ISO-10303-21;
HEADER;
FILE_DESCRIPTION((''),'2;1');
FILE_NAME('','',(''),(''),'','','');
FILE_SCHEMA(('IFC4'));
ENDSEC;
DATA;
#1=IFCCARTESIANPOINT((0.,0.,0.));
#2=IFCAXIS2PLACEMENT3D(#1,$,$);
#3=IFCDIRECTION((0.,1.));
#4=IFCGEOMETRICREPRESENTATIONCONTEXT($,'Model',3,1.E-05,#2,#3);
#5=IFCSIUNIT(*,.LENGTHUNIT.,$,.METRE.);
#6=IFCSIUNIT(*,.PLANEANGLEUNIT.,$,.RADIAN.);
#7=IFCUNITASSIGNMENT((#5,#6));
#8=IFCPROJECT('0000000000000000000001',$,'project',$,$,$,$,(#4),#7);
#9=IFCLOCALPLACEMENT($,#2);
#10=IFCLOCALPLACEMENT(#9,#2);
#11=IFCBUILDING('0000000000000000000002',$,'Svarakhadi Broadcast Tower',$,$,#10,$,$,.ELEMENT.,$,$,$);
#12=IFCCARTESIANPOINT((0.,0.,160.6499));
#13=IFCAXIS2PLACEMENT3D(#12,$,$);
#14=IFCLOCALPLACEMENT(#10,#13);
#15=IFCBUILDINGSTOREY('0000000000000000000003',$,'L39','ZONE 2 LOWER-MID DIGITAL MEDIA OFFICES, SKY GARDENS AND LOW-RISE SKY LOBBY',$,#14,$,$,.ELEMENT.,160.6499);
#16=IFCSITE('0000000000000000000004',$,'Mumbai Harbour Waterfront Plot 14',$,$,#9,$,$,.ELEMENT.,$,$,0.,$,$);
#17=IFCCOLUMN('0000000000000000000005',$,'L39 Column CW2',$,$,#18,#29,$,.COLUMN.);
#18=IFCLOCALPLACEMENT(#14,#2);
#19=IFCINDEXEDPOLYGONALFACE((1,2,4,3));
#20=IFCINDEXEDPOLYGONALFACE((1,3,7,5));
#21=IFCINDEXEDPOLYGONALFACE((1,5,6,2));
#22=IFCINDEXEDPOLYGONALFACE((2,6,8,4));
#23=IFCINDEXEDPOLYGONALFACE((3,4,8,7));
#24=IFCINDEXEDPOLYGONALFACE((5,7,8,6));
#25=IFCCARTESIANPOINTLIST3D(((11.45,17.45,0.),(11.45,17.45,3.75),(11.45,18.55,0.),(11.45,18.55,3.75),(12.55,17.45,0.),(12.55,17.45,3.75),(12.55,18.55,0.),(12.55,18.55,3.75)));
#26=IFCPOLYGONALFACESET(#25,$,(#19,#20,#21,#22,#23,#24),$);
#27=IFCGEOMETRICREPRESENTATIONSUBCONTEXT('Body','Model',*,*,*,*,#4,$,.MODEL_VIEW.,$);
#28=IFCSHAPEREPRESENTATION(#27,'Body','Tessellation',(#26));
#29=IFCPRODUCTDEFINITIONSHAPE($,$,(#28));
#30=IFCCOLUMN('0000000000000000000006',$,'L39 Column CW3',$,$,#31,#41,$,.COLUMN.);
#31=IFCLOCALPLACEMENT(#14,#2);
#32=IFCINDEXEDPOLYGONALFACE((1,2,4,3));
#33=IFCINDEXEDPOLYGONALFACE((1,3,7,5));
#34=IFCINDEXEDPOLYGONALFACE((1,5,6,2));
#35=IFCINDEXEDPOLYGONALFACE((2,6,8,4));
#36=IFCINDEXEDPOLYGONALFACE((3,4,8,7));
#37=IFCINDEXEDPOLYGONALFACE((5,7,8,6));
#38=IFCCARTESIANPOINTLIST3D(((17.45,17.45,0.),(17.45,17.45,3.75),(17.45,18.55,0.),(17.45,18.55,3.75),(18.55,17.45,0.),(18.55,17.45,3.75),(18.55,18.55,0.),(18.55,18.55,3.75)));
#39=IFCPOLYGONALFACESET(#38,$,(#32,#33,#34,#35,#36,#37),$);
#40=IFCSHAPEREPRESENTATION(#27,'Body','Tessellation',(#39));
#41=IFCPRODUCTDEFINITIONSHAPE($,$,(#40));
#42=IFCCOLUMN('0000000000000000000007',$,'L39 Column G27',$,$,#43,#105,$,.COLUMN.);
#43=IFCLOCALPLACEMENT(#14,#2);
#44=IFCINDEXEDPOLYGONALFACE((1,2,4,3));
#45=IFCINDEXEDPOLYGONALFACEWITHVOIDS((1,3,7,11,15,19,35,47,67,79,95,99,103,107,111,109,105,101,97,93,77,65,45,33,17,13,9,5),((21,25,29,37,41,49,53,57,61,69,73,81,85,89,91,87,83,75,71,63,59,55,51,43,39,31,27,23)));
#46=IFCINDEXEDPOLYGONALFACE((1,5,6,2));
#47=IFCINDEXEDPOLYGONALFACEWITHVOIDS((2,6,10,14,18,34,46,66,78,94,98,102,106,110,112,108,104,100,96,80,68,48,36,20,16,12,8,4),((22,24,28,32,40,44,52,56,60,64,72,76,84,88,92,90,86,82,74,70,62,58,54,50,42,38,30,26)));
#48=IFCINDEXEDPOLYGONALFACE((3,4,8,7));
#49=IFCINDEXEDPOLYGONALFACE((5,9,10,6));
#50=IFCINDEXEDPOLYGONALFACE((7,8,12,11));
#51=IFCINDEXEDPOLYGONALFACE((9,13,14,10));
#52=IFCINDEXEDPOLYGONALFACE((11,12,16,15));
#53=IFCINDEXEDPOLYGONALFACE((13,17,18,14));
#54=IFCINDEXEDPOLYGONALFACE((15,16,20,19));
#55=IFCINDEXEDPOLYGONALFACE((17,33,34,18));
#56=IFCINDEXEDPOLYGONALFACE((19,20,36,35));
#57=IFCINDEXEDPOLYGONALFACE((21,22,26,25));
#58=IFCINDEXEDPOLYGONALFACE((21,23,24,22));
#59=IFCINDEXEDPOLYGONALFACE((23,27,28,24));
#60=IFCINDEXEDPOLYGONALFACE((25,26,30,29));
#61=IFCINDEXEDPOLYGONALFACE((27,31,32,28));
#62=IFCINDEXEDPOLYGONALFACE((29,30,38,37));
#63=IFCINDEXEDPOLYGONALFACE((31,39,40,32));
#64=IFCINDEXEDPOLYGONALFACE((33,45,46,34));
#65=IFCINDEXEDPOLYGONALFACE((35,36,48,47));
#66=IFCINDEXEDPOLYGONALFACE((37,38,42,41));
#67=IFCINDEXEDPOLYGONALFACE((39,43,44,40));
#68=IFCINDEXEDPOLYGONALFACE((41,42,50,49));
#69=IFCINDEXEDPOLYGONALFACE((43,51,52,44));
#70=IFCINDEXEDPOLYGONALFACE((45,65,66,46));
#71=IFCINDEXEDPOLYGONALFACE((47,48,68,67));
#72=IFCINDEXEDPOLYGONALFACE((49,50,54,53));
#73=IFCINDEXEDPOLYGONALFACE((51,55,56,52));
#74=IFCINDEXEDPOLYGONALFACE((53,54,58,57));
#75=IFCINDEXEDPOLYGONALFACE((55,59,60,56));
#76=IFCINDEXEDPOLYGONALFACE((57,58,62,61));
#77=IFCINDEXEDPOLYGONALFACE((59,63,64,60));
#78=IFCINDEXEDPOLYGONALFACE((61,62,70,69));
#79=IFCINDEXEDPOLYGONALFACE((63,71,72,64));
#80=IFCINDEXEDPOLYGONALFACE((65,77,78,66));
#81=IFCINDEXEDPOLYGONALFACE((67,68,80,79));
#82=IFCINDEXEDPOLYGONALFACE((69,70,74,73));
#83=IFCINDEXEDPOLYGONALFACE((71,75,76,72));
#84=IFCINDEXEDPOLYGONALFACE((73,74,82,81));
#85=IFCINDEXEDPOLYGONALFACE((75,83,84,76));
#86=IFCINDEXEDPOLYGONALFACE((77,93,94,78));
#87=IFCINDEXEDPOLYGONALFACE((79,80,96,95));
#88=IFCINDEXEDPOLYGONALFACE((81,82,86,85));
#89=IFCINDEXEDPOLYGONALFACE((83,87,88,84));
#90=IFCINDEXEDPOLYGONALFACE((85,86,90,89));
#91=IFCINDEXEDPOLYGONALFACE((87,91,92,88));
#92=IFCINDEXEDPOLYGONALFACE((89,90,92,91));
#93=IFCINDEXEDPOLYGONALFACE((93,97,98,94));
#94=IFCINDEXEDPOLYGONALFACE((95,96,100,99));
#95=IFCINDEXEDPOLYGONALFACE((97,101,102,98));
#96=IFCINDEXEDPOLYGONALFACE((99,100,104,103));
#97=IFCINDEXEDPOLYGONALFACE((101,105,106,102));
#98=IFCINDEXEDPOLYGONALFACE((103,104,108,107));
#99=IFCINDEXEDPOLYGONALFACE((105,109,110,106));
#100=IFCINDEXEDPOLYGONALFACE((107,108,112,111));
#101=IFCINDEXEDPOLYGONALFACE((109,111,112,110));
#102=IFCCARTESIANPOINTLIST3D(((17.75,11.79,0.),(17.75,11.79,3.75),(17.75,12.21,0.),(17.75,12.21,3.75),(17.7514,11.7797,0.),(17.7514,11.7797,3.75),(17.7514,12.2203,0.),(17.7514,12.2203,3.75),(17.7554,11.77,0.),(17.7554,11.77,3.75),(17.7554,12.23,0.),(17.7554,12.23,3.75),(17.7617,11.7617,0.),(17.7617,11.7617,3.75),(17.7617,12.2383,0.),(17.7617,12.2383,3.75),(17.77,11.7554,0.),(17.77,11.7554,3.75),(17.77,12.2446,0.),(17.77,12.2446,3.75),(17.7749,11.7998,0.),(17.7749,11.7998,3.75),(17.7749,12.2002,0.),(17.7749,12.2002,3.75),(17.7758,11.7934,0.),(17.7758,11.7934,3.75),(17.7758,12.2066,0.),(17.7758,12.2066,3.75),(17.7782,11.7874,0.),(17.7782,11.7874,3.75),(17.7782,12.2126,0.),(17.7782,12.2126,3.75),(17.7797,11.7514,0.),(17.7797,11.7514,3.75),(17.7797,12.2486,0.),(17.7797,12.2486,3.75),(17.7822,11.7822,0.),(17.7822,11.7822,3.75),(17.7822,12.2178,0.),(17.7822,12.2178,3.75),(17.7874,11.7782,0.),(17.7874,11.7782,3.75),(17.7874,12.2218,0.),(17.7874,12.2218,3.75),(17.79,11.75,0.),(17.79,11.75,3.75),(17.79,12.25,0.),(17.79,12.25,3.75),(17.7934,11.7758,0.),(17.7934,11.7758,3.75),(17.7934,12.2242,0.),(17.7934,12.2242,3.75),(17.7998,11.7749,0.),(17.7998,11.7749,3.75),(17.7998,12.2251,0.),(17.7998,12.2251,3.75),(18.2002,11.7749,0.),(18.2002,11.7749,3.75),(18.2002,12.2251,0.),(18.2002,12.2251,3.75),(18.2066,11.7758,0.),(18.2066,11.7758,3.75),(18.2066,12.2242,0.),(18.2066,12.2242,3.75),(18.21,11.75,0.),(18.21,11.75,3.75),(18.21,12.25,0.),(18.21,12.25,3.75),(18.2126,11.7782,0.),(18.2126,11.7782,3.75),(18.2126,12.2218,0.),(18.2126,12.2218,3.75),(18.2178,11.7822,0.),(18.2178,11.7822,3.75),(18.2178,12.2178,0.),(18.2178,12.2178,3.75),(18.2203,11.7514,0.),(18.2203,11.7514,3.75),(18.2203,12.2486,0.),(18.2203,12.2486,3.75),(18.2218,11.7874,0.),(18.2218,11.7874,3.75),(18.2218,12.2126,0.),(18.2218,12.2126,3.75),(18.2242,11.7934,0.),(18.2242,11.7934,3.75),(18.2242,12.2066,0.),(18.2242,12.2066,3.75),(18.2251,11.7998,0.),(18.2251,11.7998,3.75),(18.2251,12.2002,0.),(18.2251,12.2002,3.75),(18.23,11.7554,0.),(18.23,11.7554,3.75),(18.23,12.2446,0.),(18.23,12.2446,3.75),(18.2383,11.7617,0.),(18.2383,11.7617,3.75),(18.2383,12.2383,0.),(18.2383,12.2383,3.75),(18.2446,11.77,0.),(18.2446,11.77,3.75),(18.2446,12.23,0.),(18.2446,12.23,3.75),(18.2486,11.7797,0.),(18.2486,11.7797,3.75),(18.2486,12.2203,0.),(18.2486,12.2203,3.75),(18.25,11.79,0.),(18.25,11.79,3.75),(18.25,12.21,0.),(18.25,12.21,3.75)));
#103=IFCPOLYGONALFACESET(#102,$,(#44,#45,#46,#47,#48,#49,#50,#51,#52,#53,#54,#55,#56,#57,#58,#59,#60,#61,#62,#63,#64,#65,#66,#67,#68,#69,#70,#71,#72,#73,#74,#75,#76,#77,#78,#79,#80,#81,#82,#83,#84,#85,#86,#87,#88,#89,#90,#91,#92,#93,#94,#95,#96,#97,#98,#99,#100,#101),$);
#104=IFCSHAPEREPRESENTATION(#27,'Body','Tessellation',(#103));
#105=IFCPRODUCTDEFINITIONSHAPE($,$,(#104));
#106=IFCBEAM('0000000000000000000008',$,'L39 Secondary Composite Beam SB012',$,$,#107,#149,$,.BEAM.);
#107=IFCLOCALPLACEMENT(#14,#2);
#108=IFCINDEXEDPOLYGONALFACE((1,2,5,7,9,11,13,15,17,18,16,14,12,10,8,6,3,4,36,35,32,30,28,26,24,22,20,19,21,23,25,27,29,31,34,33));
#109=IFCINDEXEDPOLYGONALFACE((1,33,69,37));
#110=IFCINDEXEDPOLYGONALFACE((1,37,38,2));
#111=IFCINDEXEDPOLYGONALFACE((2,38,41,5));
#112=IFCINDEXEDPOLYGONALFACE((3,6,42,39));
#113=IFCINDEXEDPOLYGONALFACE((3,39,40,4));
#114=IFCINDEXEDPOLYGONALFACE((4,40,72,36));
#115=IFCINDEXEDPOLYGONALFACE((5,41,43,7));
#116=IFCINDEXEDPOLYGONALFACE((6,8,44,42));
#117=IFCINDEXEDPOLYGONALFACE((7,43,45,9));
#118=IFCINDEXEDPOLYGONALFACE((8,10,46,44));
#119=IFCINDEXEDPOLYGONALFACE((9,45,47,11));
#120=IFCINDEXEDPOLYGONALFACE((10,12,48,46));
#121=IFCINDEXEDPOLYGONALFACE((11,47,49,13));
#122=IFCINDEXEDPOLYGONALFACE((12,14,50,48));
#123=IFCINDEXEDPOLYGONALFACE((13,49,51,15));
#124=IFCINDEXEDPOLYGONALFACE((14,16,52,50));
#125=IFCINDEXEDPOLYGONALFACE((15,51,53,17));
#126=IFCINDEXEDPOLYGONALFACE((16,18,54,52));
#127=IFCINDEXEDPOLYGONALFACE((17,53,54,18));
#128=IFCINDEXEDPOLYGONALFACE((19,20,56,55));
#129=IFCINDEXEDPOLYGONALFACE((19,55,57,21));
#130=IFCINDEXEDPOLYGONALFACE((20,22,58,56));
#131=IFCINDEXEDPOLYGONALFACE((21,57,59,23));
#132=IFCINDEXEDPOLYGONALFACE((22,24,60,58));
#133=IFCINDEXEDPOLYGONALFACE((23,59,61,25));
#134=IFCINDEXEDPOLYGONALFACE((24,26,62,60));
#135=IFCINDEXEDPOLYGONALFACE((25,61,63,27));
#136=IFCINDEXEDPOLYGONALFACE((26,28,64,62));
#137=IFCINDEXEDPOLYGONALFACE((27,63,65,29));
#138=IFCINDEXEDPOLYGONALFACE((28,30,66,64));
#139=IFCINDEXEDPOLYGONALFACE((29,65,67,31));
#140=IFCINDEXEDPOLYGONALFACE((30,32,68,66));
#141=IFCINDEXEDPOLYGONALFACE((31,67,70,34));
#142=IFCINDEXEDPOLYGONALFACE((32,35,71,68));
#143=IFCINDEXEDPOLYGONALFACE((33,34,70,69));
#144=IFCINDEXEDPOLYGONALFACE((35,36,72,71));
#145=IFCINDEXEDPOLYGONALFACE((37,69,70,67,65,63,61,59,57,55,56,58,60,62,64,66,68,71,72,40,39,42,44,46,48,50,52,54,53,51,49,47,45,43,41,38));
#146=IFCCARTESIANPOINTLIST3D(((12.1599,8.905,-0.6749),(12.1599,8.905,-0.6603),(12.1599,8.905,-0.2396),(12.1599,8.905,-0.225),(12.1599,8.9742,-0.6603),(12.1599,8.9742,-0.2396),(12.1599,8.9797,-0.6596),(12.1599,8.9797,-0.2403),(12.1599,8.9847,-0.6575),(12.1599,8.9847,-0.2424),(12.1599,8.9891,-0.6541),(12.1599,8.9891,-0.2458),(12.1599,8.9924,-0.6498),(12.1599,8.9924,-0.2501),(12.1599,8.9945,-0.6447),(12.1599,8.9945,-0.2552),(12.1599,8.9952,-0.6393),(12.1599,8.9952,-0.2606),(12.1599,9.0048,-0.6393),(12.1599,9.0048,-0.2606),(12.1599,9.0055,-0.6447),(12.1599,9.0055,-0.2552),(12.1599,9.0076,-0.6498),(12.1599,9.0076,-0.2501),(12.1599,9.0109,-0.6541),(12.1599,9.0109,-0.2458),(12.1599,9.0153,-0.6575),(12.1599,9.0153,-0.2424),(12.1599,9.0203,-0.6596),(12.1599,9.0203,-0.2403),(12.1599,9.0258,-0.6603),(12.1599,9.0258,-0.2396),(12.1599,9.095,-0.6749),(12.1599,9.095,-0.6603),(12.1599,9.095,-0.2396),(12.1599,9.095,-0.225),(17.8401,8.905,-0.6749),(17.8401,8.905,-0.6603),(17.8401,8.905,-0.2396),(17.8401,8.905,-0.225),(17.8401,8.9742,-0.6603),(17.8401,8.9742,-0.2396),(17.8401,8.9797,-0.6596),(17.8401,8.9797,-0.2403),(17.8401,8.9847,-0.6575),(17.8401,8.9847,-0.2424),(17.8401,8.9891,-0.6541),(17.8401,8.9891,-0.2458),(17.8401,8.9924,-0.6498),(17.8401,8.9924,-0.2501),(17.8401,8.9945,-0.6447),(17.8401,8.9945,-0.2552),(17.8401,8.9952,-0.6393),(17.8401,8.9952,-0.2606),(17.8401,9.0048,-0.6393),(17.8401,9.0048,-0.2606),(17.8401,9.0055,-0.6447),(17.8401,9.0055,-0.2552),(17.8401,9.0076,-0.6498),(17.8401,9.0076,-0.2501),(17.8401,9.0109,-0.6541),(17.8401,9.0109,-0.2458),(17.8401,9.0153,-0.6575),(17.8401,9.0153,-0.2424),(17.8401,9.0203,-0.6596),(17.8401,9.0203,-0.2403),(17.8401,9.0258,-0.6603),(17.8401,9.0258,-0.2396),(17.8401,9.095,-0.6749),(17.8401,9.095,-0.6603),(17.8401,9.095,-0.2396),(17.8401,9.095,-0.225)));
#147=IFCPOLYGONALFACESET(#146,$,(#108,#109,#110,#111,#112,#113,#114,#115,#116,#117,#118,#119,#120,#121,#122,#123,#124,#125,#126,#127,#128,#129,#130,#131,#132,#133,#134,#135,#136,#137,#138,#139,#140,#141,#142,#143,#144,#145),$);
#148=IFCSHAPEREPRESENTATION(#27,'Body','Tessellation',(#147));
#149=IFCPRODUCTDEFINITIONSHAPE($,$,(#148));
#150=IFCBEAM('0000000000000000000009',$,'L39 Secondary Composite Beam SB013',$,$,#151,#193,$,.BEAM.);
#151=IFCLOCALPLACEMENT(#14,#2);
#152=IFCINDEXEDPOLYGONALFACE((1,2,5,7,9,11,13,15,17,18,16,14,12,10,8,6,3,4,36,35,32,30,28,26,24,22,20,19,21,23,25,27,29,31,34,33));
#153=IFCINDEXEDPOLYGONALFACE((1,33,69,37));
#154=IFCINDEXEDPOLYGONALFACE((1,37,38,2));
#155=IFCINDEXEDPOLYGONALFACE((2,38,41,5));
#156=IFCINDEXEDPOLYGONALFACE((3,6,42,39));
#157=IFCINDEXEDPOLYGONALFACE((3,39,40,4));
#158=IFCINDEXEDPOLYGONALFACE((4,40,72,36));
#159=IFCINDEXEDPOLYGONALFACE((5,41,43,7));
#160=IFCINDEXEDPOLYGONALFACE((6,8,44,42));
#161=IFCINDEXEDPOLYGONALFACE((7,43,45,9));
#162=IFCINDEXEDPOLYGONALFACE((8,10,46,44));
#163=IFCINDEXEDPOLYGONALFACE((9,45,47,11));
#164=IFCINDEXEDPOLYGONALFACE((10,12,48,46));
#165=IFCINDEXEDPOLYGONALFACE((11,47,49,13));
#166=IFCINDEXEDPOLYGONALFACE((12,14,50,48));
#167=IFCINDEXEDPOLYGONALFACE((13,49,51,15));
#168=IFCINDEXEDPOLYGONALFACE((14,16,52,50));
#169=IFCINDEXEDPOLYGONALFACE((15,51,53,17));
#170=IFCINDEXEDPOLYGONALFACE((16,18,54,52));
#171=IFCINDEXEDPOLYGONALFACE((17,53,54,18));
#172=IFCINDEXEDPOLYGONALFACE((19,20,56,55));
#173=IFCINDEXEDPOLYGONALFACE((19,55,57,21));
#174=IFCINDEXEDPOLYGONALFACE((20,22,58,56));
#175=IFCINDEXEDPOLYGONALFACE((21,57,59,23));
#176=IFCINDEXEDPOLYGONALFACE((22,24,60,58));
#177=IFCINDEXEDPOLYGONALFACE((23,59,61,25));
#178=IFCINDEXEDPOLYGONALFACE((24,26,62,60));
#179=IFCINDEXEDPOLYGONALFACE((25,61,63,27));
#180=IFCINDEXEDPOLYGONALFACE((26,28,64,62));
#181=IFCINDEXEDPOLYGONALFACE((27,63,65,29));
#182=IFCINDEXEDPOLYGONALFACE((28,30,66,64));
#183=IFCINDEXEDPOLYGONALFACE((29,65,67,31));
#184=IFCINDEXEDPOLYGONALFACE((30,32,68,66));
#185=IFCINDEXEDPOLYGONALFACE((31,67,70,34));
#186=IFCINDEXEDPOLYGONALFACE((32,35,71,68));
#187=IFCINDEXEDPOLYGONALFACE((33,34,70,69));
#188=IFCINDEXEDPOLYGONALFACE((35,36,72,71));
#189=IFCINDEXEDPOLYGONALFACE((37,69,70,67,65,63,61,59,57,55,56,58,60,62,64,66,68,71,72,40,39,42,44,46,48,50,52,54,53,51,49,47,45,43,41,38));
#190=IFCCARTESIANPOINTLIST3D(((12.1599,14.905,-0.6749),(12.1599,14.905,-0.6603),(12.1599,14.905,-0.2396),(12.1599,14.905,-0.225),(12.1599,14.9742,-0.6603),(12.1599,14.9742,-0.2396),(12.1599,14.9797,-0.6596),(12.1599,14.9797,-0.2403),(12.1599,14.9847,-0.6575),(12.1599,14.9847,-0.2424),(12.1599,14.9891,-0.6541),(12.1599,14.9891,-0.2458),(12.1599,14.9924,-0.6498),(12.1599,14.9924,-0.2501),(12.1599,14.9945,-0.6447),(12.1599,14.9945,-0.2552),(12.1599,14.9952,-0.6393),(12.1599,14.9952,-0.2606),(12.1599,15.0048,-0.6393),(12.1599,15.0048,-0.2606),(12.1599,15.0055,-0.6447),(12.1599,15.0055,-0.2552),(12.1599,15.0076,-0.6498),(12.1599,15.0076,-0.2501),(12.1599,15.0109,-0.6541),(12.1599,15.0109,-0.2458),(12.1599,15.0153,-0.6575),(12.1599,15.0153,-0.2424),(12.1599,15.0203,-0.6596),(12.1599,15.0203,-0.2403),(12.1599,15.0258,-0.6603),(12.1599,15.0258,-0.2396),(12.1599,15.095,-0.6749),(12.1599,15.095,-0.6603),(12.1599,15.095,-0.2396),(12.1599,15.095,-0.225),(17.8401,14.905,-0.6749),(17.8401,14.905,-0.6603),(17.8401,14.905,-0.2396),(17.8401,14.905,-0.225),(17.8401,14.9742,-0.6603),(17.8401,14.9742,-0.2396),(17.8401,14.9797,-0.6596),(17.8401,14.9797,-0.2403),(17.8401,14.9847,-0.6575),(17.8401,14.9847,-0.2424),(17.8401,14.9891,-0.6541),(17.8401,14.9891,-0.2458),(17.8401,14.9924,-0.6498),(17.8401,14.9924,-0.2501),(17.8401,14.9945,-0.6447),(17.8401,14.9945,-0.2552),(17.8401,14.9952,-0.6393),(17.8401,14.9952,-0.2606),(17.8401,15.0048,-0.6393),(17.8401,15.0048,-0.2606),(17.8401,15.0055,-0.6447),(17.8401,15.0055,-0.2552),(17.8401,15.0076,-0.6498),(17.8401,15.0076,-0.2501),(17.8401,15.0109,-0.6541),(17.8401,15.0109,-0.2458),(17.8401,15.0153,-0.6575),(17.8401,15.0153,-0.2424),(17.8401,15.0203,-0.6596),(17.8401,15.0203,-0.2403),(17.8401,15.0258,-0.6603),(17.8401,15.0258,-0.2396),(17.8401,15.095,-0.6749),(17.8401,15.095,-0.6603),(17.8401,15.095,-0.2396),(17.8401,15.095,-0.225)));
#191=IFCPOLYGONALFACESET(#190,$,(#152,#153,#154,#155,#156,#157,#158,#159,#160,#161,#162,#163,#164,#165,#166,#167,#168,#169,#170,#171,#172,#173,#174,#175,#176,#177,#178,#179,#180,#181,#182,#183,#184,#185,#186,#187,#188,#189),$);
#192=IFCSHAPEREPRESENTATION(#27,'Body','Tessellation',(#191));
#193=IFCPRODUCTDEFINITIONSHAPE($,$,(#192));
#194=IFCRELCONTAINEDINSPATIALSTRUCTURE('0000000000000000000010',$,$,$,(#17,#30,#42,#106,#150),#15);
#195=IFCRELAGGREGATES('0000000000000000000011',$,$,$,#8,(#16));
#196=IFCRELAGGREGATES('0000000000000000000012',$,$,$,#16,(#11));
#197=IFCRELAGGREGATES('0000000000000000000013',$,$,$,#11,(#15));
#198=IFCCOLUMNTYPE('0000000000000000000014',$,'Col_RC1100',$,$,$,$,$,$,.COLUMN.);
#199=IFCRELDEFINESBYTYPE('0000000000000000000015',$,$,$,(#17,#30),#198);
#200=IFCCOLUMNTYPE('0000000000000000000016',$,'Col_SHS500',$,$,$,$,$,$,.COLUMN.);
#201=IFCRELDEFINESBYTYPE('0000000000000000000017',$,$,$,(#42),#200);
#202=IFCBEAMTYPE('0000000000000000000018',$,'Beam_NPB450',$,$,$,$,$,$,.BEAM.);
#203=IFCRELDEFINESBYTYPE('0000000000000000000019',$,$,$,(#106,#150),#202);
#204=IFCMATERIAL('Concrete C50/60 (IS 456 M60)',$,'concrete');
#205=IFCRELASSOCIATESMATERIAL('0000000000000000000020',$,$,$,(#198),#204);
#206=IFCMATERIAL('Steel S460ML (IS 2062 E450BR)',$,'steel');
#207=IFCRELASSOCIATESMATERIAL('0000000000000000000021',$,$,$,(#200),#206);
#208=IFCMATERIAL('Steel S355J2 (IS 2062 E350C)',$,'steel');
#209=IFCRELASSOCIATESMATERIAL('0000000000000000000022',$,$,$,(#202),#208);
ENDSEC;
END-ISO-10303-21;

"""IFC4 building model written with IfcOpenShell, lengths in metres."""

from ifc_helpers import new_model, si_unit, direction, frame, origin, origin_2d, place, context, subcontext, project, spatial, rectangle, hollow_rectangle, i_section, extrude, material, material_profile, profile_set, type_object, element, save


model = new_model("IFC4")

# Units and contexts
model_context = context("Model", 3, precision=1e-05, world=origin(), true_north=direction((0.0, 1.0)))
body_context = subcontext(model_context, "Body", "Model", "MODEL_VIEW")
ifc_project = project(units=[si_unit("LENGTHUNIT", "METRE"), si_unit("PLANEANGLEUNIT", "RADIAN")], contexts=[model_context])

# Site, building, storey
site_placement = place(None, origin())
site = spatial("IfcSite", under=ifc_project, at=site_placement, Name="Mumbai Harbour Waterfront Plot 14", CompositionType="ELEMENT", RefElevation=0.0)
building_placement = place(site_placement, origin())
building = spatial("IfcBuilding", under=site, at=building_placement, Name="Svarakhadi Broadcast Tower", CompositionType="ELEMENT")
storey_placement = place(building_placement, frame((0.0, 0.0, 160.6499)))
storey = spatial("IfcBuildingStorey", under=building, at=storey_placement, Name="L39", Description="ZONE 2 LOWER-MID DIGITAL MEDIA OFFICES, SKY GARDENS AND LOW-RISE SKY LOBBY", CompositionType="ELEMENT", Elevation=160.6499)

# Columns
ifc_material_1 = material(Name="Concrete C50/60 (IS 456 M60)", Category="concrete")
ifc_material_profile_1 = material_profile(ifc_material_1, rectangle(XDim=1.1001, YDim=1.1001, at=origin_2d()), Name="RC 1100x1100")
ifc_profile_set_1 = profile_set([ifc_material_profile_1], Name="Concrete C50/60 (IS 456 M60)")
column_type_1 = type_object("IfcColumnType", Name="Col_RC1100", PredefinedType="COLUMN", material=ifc_profile_set_1)
for number, where, z_axis, x_axis, name in (
    (1, (12.0, 18.0, 0.0), (0.0, 0.0, 1.0), (1.0, 0.0, 0.0), "L39 Column CW2"),
    (2, (18.0, 18.0, 0.0), (0.0, 0.0, 1.0), (1.0, 0.0, 0.0), "L39 Column CW3"),
):
    element("IfcColumn", number, at=place(storey_placement, frame(where, z_axis=z_axis, x_axis=x_axis)), inside=storey, type_object=column_type_1, Name=name, PredefinedType="COLUMN", context=body_context, shape_type="SweptSolid", body=[
        extrude(rectangle(XDim=1.1001, YDim=1.1001, at=origin_2d()), origin(), (0.0, 0.0, 1.0), 3.75),
    ])
ifc_material_2 = material(Name="Steel S460ML (IS 2062 E450BR)", Category="steel")
ifc_material_profile_2 = material_profile(ifc_material_2, hollow_rectangle(XDim=0.5, YDim=0.5, WallThickness=0.0249, InnerFilletRadius=0.0249, OuterFilletRadius=0.04, at=origin_2d()), Name="SHS 500x500x25")
ifc_profile_set_2 = profile_set([ifc_material_profile_2], Name="Steel S460ML (IS 2062 E450BR)")
column_type_2 = type_object("IfcColumnType", Name="Col_SHS500", PredefinedType="COLUMN", material=ifc_profile_set_2)
column_placement = place(storey_placement, frame((18.0, 12.0, 0.0), z_axis=(0.0, 0.0, 1.0), x_axis=(1.0, 0.0, 0.0)))
element("IfcColumn", 3, at=column_placement, inside=storey, type_object=column_type_2, Name="L39 Column G27", PredefinedType="COLUMN", context=body_context, shape_type="SweptSolid", body=[
    extrude(hollow_rectangle(XDim=0.5, YDim=0.5, WallThickness=0.0249, InnerFilletRadius=0.0249, OuterFilletRadius=0.04, at=origin_2d()), origin(), (0.0, 0.0, 1.0), 3.75),
])

# Beams
ifc_material_3 = material(Name="Steel S355J2 (IS 2062 E350C)", Category="steel")
ifc_material_profile_3 = material_profile(ifc_material_3, i_section(OverallWidth=0.1899, OverallDepth=0.45, WebThickness=0.0095, FlangeThickness=0.0146, FilletRadius=0.021, at=origin_2d()), Name="NPB 450x190x78")
ifc_profile_set_3 = profile_set([ifc_material_profile_3], Name="Steel S355J2 (IS 2062 E350C)")
beam_type_1 = type_object("IfcBeamType", Name="Beam_NPB450", PredefinedType="BEAM", material=ifc_profile_set_3)
for number, where, z_axis, x_axis, name in (
    (4, (12.1599, 9.0, -0.45), (1.0, 0.0, 0.0), (0.0, 1.0, 0.0), "L39 Secondary Composite Beam SB012"),
    (5, (12.1599, 15.0, -0.45), (1.0, 0.0, 0.0), (0.0, 1.0, 0.0), "L39 Secondary Composite Beam SB013"),
):
    element("IfcBeam", number, at=place(storey_placement, frame(where, z_axis=z_axis, x_axis=x_axis)), inside=storey, type_object=beam_type_1, Name=name, PredefinedType="BEAM", context=body_context, shape_type="SweptSolid", body=[
        extrude(i_section(OverallWidth=0.1899, OverallDepth=0.45, WebThickness=0.0095, FlangeThickness=0.0146, FilletRadius=0.021, at=origin_2d()), origin(), (0.0, 0.0, 1.0), 5.6802),
    ])

save(model, "model.ifc")
